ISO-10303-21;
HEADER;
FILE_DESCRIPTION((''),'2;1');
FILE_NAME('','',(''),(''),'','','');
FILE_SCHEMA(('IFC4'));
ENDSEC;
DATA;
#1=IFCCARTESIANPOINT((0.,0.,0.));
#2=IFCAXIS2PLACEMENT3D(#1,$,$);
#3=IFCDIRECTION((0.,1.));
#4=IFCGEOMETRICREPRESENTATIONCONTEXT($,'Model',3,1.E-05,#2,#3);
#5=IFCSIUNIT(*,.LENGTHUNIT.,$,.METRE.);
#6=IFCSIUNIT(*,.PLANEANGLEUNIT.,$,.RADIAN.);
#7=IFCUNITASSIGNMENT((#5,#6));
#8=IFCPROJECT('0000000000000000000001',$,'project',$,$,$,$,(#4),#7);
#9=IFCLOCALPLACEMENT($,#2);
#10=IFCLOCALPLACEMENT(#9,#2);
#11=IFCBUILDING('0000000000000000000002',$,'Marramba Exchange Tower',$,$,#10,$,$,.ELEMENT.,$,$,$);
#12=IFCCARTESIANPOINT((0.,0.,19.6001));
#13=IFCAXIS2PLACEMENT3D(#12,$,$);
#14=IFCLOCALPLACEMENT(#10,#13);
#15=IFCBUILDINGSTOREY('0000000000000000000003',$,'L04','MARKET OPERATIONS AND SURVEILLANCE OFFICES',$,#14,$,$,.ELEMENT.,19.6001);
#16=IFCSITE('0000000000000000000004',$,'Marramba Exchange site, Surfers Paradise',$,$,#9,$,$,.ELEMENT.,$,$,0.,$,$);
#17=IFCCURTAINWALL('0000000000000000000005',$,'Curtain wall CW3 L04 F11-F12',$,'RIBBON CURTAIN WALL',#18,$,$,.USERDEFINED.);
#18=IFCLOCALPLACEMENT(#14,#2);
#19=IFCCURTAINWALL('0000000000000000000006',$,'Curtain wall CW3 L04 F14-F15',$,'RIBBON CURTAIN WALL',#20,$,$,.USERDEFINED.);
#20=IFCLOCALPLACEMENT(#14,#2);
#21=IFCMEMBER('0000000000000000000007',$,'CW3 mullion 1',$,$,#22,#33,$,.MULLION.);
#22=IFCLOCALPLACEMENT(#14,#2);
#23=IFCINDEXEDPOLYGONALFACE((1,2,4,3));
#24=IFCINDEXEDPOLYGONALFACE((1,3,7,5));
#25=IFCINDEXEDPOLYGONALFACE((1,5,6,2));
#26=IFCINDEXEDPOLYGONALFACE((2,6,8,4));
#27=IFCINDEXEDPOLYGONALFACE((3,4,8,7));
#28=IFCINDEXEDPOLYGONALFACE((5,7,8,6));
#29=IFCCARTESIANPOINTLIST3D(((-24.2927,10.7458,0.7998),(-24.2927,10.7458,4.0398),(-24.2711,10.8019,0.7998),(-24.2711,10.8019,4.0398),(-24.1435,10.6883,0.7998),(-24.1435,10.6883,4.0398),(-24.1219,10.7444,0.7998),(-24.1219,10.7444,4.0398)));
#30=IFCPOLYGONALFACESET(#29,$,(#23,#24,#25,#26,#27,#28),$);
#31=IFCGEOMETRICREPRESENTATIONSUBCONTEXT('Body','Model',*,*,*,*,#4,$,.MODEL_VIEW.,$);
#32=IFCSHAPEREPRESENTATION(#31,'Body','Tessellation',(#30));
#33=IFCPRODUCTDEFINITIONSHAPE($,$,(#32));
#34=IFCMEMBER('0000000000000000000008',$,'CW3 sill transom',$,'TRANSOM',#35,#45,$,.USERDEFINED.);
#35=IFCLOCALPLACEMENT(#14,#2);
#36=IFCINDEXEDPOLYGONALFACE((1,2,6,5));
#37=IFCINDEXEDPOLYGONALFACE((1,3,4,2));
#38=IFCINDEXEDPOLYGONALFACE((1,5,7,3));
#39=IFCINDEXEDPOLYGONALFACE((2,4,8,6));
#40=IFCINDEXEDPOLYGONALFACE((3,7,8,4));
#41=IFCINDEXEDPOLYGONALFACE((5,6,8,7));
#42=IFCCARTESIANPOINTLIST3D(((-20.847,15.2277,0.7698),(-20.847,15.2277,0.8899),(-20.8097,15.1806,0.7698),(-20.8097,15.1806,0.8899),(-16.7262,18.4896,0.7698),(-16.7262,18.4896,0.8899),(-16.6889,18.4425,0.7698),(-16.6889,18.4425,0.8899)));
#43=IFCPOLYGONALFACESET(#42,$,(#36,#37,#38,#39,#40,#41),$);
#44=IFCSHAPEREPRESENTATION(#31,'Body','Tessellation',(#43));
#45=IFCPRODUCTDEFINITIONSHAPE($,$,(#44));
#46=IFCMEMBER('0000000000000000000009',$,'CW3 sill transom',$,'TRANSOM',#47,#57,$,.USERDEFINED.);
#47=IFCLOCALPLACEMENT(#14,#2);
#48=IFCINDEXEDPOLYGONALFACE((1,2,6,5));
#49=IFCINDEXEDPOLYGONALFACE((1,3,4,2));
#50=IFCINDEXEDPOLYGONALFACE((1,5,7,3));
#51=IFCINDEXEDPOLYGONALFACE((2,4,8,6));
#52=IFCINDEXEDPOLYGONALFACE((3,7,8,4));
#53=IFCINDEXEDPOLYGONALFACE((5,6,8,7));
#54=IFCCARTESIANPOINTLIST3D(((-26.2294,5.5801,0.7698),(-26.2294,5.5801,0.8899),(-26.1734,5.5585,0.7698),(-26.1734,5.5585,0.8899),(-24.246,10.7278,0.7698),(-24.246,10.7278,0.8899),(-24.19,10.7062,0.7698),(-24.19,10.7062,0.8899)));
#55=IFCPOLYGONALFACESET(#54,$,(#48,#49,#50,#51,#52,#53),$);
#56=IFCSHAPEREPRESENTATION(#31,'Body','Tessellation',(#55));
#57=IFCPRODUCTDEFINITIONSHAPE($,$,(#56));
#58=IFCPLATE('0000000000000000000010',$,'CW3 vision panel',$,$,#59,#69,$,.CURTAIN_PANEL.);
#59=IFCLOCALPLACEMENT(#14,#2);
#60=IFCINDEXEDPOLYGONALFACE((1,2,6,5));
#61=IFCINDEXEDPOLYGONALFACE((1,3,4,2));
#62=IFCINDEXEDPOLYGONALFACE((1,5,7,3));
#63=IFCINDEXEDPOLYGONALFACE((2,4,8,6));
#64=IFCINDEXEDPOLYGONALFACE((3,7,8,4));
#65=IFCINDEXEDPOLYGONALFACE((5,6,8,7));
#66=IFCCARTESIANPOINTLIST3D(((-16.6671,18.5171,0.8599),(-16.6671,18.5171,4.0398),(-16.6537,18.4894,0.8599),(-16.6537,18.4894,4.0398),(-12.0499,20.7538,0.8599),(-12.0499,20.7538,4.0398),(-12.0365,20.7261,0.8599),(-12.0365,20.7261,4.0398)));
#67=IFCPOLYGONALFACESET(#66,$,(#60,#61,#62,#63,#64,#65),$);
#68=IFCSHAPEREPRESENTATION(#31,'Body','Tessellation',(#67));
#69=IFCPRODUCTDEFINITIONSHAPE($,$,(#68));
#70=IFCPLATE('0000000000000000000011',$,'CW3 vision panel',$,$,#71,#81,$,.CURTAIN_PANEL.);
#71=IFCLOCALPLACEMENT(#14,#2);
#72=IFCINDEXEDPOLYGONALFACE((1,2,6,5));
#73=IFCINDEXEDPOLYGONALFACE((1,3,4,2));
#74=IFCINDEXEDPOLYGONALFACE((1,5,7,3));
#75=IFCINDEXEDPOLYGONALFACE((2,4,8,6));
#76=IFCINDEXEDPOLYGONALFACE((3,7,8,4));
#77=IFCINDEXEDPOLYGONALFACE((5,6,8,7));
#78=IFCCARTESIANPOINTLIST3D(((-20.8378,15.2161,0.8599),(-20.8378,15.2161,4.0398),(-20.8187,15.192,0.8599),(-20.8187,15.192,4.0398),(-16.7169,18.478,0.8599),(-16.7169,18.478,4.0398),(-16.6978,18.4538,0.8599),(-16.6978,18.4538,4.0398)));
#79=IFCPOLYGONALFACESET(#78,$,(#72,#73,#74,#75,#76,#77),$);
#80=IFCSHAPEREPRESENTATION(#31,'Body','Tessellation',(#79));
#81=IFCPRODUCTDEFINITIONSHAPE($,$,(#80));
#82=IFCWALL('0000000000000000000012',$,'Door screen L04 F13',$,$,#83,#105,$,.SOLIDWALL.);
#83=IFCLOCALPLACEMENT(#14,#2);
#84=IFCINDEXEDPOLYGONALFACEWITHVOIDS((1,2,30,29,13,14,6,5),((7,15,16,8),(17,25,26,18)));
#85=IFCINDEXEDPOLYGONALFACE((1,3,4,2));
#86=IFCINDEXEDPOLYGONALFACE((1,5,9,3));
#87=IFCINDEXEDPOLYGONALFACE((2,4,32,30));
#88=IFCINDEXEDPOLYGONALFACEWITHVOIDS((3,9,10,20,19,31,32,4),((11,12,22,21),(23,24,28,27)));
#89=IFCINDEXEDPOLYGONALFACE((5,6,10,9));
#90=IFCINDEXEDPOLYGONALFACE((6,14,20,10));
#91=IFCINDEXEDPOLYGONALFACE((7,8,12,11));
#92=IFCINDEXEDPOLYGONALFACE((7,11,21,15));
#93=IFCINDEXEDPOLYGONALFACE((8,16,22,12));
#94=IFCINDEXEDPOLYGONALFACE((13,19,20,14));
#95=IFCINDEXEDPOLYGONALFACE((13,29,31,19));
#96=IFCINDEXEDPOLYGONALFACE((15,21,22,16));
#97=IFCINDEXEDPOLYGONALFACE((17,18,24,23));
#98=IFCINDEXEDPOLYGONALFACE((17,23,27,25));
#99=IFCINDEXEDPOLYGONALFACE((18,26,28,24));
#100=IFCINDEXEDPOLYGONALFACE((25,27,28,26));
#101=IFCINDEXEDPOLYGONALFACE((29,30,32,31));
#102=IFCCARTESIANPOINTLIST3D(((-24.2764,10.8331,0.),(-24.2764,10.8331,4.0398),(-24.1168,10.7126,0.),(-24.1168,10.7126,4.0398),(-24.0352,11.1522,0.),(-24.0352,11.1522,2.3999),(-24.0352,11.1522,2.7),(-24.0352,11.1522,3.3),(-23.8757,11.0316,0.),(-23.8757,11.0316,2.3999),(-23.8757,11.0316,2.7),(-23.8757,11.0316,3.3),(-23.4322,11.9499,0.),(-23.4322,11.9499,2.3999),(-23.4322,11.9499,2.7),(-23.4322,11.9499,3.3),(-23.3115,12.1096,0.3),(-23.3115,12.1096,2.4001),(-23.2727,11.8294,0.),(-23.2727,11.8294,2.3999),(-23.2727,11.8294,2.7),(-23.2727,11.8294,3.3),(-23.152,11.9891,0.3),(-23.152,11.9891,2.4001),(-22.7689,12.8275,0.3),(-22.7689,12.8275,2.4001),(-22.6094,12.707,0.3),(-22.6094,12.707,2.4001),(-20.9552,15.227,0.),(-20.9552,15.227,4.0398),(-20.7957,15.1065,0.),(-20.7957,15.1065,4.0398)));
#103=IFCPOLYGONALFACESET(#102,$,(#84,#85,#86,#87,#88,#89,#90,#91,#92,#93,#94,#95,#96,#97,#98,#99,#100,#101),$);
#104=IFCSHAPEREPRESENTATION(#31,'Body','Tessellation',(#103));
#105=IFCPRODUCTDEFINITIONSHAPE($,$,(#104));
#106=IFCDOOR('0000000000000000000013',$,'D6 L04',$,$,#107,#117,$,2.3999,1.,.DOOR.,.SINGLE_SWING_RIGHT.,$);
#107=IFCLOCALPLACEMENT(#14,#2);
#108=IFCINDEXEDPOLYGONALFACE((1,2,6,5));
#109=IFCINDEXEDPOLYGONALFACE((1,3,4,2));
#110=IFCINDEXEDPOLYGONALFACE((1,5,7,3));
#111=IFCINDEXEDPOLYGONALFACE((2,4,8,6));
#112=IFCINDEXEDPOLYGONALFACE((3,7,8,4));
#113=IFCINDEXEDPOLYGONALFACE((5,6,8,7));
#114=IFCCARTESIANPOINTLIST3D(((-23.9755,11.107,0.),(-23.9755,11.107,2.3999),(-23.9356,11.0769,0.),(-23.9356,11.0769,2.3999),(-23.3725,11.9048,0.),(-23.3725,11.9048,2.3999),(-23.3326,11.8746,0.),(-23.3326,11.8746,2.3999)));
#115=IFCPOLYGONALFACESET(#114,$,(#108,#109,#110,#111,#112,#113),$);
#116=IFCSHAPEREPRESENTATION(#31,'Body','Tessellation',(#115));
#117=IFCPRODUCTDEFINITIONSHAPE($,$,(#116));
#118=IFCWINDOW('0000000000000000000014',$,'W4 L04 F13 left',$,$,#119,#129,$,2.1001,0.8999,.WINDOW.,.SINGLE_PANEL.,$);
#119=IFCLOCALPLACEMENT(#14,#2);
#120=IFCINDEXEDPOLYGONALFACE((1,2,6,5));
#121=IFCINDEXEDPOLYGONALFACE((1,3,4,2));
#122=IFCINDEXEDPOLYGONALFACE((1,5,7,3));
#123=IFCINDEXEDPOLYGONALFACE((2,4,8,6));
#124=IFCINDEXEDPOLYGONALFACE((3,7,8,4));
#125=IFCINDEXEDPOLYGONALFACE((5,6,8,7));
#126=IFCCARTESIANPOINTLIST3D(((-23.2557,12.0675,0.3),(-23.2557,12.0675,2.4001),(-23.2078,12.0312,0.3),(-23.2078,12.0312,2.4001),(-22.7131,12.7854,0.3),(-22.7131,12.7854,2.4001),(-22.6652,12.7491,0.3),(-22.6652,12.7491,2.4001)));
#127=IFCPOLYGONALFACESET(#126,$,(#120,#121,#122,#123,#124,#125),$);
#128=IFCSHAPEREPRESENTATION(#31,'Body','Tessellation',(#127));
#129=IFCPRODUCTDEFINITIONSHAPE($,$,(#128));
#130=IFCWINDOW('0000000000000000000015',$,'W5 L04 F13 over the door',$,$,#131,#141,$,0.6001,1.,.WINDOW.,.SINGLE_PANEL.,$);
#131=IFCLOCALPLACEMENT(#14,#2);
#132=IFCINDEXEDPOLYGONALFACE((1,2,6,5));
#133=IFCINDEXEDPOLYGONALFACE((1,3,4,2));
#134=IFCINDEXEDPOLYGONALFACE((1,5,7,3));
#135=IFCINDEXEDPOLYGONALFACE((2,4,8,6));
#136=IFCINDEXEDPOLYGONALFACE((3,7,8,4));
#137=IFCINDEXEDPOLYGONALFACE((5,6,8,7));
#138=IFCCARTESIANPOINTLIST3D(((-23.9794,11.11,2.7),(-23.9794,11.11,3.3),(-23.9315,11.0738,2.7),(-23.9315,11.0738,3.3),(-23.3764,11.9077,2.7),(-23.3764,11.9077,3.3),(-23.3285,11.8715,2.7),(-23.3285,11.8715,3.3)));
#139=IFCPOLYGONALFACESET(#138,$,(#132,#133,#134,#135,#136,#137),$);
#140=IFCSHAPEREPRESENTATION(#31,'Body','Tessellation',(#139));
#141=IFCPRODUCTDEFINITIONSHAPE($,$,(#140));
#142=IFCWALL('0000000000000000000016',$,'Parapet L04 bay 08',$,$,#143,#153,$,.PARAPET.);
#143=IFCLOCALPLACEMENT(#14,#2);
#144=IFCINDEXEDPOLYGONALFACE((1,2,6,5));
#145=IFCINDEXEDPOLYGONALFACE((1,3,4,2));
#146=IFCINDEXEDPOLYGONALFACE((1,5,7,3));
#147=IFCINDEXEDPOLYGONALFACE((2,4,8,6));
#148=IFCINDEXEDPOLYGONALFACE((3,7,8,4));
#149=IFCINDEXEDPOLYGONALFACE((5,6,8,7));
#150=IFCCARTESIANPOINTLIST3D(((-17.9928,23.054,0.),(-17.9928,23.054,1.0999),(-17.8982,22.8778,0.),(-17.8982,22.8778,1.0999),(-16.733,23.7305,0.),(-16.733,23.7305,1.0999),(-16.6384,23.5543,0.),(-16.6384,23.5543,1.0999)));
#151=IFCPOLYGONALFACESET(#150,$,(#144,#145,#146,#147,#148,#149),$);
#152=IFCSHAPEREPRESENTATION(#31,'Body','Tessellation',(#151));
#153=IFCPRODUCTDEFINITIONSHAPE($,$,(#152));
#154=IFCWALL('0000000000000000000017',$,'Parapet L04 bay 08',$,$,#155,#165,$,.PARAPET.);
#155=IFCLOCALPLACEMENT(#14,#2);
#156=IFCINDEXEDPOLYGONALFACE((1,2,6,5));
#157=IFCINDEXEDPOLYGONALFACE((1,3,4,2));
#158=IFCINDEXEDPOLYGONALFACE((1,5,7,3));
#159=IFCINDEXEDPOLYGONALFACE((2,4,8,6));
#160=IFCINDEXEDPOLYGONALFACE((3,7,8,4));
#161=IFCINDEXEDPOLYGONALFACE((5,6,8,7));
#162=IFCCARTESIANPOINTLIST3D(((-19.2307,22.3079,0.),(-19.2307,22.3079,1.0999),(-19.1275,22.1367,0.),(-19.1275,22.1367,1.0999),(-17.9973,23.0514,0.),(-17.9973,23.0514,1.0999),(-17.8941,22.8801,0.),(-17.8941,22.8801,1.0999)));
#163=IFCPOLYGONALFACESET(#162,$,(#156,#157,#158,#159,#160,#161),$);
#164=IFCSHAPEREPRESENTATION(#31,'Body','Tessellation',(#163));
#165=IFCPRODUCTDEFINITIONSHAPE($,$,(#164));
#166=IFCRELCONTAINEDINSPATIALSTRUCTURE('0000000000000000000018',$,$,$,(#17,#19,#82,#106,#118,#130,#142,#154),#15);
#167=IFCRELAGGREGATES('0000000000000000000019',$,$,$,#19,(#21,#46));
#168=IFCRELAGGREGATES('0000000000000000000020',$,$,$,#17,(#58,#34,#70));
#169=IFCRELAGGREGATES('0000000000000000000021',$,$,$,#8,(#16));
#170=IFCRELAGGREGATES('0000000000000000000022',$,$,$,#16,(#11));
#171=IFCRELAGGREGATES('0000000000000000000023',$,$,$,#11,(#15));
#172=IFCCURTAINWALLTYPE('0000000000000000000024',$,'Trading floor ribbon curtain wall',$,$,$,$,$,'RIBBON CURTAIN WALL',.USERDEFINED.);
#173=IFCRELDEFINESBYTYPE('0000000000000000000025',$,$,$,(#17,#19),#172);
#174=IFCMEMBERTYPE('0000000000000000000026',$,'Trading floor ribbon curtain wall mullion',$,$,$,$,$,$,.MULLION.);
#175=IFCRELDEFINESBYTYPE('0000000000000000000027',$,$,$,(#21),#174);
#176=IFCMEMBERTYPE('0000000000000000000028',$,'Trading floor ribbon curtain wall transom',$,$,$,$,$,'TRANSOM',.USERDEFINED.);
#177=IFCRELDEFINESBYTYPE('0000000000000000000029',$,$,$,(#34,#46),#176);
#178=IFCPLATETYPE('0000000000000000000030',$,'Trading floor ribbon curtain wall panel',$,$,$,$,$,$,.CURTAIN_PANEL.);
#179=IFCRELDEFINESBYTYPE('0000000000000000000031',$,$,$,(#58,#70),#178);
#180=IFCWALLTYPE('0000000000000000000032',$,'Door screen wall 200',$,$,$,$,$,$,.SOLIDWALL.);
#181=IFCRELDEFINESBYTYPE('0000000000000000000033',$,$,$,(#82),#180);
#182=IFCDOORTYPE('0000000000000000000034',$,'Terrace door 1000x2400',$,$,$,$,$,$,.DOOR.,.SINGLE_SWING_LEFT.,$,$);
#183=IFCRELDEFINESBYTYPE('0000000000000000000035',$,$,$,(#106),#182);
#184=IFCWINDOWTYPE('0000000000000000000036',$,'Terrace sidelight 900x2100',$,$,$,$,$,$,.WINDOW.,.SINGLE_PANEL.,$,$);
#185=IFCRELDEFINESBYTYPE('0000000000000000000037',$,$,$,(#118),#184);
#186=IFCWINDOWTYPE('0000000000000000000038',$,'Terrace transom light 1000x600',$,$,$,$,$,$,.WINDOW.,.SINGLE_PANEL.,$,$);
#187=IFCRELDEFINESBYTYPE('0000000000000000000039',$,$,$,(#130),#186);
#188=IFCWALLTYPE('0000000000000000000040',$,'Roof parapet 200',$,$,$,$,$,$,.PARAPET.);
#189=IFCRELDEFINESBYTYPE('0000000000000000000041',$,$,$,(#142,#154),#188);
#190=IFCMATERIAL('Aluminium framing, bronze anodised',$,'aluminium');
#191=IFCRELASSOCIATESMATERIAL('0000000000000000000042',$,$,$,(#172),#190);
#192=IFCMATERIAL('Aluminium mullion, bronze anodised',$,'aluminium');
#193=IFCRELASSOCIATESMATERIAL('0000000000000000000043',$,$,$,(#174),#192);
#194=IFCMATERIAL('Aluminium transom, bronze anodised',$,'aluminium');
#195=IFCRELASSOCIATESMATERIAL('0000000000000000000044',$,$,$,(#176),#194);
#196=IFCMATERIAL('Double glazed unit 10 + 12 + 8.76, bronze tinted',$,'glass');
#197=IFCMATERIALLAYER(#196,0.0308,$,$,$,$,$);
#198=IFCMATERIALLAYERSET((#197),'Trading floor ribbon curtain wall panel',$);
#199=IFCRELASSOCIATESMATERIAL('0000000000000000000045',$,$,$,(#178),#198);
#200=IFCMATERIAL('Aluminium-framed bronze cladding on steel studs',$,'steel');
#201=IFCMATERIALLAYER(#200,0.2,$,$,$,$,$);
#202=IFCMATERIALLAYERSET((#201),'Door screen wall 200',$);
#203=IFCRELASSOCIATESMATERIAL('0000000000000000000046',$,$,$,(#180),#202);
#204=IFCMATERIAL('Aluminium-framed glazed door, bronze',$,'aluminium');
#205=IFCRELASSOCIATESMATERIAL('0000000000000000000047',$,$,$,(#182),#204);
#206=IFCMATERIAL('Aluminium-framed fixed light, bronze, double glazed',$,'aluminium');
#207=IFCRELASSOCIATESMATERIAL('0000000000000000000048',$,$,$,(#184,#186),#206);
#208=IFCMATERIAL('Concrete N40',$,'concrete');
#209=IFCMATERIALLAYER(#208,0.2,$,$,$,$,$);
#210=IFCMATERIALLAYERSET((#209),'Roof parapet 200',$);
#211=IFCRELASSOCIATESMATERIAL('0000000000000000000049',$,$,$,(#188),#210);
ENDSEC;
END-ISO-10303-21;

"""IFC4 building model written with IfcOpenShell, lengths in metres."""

from ifc_helpers import new_model, si_unit, direction, frame, frame_2d, origin, origin_2d, place, context, subcontext, project, spatial, rectangle, extrude, material, layer, layer_set, material_profile, profile_set, type_object, element, fill, aggregate, save


model = new_model("IFC4")

# Units and contexts
model_context = context("Model", 3, precision=1e-05, world=origin(), true_north=direction((0.0, 1.0)))
body_context = subcontext(model_context, "Body", "Model", "MODEL_VIEW")
ifc_project = project(units=[si_unit("LENGTHUNIT", "METRE"), si_unit("PLANEANGLEUNIT", "RADIAN")], contexts=[model_context])

# Site, building, storey
site_placement = place(None, origin())
site = spatial("IfcSite", under=ifc_project, at=site_placement, Name="Marramba Exchange site, Surfers Paradise", CompositionType="ELEMENT", RefElevation=0.0)
building_placement = place(site_placement, origin())
building = spatial("IfcBuilding", under=site, at=building_placement, Name="Marramba Exchange Tower", CompositionType="ELEMENT")
storey_placement = place(building_placement, frame((0.0, 0.0, 19.6001)))
storey = spatial("IfcBuildingStorey", under=building, at=storey_placement, Name="L04", Description="MARKET OPERATIONS AND SURVEILLANCE OFFICES", CompositionType="ELEMENT", Elevation=19.6001)

# Curtain wall
ifc_material_1 = material(Name="Aluminium framing, bronze anodised", Category="aluminium")
curtain_wall_type = type_object("IfcCurtainWallType", Name="Trading floor ribbon curtain wall", ElementType="RIBBON CURTAIN WALL", PredefinedType="USERDEFINED", material=ifc_material_1)
curtain_wall_1_placement = place(storey_placement, origin())
curtain_wall_1 = element("IfcCurtainWall", 1, at=curtain_wall_1_placement, inside=storey, type_object=curtain_wall_type, Name="Curtain wall CW3 L04 F11-F12", ObjectType="RIBBON CURTAIN WALL", PredefinedType="USERDEFINED")
ifc_material_2 = material(Name="Aluminium mullion, bronze anodised", Category="aluminium")
ifc_material_profile_1 = material_profile(ifc_material_2, rectangle(XDim=0.1599, YDim=0.0601, at=origin_2d()), Name="CW3 mullion 60x160")
ifc_profile_set_1 = profile_set([ifc_material_profile_1], Name="Aluminium mullion, bronze anodised")
member_type_1 = type_object("IfcMemberType", Name="Trading floor ribbon curtain wall mullion", PredefinedType="MULLION", material=ifc_profile_set_1)

# Curtain wall, member
curtain_wall_2_placement = place(storey_placement, origin())
curtain_wall_2 = element("IfcCurtainWall", 2, at=curtain_wall_2_placement, inside=storey, type_object=curtain_wall_type, Name="Curtain wall CW3 L04 F14-F15", ObjectType="RIBBON CURTAIN WALL", PredefinedType="USERDEFINED")
member_1_placement = place(storey_placement, frame((-24.2073, 10.7451, 0.7998), z_axis=(0.0, 0.0, 1.0), x_axis=(0.933135, -0.359526, 0.0)))
member_1 = element("IfcMember", 3, at=member_1_placement, type_object=member_type_1, Name="CW3 mullion 1", PredefinedType="MULLION", context=body_context, shape_type="SweptSolid", body=[
    extrude(rectangle(XDim=0.1599, YDim=0.0601, at=origin_2d()), origin(), (0.0, 0.0, 1.0), 3.24),
])

# Members
ifc_material_3 = material(Name="Aluminium transom, bronze anodised", Category="aluminium")
ifc_material_profile_2 = material_profile(ifc_material_3, rectangle(XDim=0.0601, YDim=0.1201, at=origin_2d()), Name="CW3 transom 60x120")
ifc_profile_set_2 = profile_set([ifc_material_profile_2], Name="Aluminium transom, bronze anodised")
member_type_2 = type_object("IfcMemberType", Name="Trading floor ribbon curtain wall transom", ElementType="TRANSOM", PredefinedType="USERDEFINED", material=ifc_profile_set_2)
member_2_placement = place(storey_placement, frame((-16.7075, 18.4661, 0.8298), z_axis=(-0.784081, -0.620659, 0.0), x_axis=(0.620659, -0.784081, 0.0)))
member_2 = element("IfcMember", 4, at=member_2_placement, type_object=member_type_2, Name="CW3 sill transom", ObjectType="TRANSOM", PredefinedType="USERDEFINED", context=body_context, shape_type="SweptSolid", body=[
    extrude(rectangle(XDim=0.0601, YDim=0.1201, at=origin_2d()), origin(), (0.0, 0.0, 1.0), 5.2556),
])
member_3_placement = place(storey_placement, frame((-24.218, 10.717, 0.8298), z_axis=(-0.359534, -0.933132, 0.0), x_axis=(0.933132, -0.359534, 0.0)))
member_3 = element("IfcMember", 5, at=member_3_placement, type_object=member_type_2, Name="CW3 sill transom", ObjectType="TRANSOM", PredefinedType="USERDEFINED", context=body_context, shape_type="SweptSolid", body=[
    extrude(rectangle(XDim=0.0601, YDim=0.1201, at=origin_2d()), origin(), (0.0, 0.0, 1.0), 5.5166),
])
aggregate(curtain_wall_2, [member_1, member_3])

# Plates
ifc_material_4 = material(Name="Double glazed unit 10 + 12 + 8.76, bronze tinted", Category="glass")
ifc_layer_1 = layer(ifc_material_4, 0.0308)
ifc_layer_set_1 = layer_set([ifc_layer_1], Name="Trading floor ribbon curtain wall panel")
plate_type = type_object("IfcPlateType", Name="Trading floor ribbon curtain wall panel", PredefinedType="CURTAIN_PANEL", material=ifc_layer_set_1)
plate_1_placement = place(storey_placement, frame((-14.3518, 19.6216, 0.8599), z_axis=(0.0, 0.0, 1.0), x_axis=(-0.899963, -0.435965, 0.0)))
plate_1 = element("IfcPlate", 6, at=plate_1_placement, type_object=plate_type, Name="CW3 vision panel", PredefinedType="CURTAIN_PANEL", context=body_context, shape_type="SweptSolid", body=[
    extrude(rectangle(XDim=5.1304, YDim=0.0308, at=origin_2d()), origin(), (0.0, 0.0, 1.0), 3.1799),
])
plate_2_placement = place(storey_placement, frame((-18.7678, 16.835, 0.8599), z_axis=(0.0, 0.0, 1.0), x_axis=(-0.784088, -0.62065, 0.0)))
plate_2 = element("IfcPlate", 7, at=plate_2_placement, type_object=plate_type, Name="CW3 vision panel", PredefinedType="CURTAIN_PANEL", context=body_context, shape_type="SweptSolid", body=[
    extrude(rectangle(XDim=5.2556, YDim=0.0308, at=origin_2d()), origin(), (0.0, 0.0, 1.0), 3.1799),
])
aggregate(curtain_wall_1, [plate_1, member_2, plate_2])

# Wall, openings, door, windows
ifc_material_5 = material(Name="Aluminium-framed bronze cladding on steel studs", Category="steel")
ifc_layer_2 = layer(ifc_material_5, 0.2)
ifc_layer_set_2 = layer_set([ifc_layer_2], Name="Door screen wall 200")
wall_type_1 = type_object("IfcWallType", Name="Door screen wall 200", PredefinedType="SOLIDWALL", material=ifc_layer_set_2)
wall_1_placement = place(storey_placement, frame((-20.8755, 15.1667, 0.0), z_axis=(0.0, 0.0, 1.0), x_axis=(-0.602982, -0.797755, 0.0)))
wall_1 = element("IfcWall", 8, at=wall_1_placement, inside=storey, type_object=wall_type_1, Name="Door screen L04 F13", PredefinedType="SOLIDWALL", context=body_context, shape_type="SweptSolid", body=[
    extrude(rectangle(XDim=5.5078, YDim=0.2, at=frame_2d((2.7539, 0.0))), origin(), (0.0, 0.0, 1.0), 4.0398),
])
opening_1_placement = place(wall_1_placement, frame((4.1079, 0.0, 0.0)))
opening_1 = element("IfcOpeningElement", 9, at=opening_1_placement, cuts=wall_1, PredefinedType="OPENING", context=body_context, shape_type="SweptSolid", body=[
    extrude(rectangle(XDim=1.0, YDim=2.3999, at=frame_2d((0.5, 1.2))), frame((0.0, 0.1099, 0.0), z_axis=(0.0, -1.0, 0.0), x_axis=(1.0, 0.0, 0.0)), (0.0, 0.0, 1.0), 0.22),
])
opening_2_placement = place(wall_1_placement, frame((3.0078, 0.0, 0.3)))
opening_2 = element("IfcOpeningElement", 10, at=opening_2_placement, cuts=wall_1, PredefinedType="OPENING", context=body_context, shape_type="SweptSolid", body=[
    extrude(rectangle(XDim=0.8999, YDim=2.1001, at=frame_2d((0.45, 1.05))), frame((0.0, 0.1099, 0.0), z_axis=(0.0, -1.0, 0.0), x_axis=(1.0, 0.0, 0.0)), (0.0, 0.0, 1.0), 0.22),
])
opening_3_placement = place(wall_1_placement, frame((4.1079, 0.0, 2.7)))
opening_3 = element("IfcOpeningElement", 11, at=opening_3_placement, cuts=wall_1, PredefinedType="OPENING", context=body_context, shape_type="SweptSolid", body=[
    extrude(rectangle(XDim=1.0, YDim=0.6001, at=frame_2d((0.5, 0.3))), frame((0.0, 0.1099, 0.0), z_axis=(0.0, -1.0, 0.0), x_axis=(1.0, 0.0, 0.0)), (0.0, 0.0, 1.0), 0.22),
])
ifc_material_6 = material(Name="Aluminium-framed glazed door, bronze", Category="aluminium")
door_type = type_object("IfcDoorType", Name="Terrace door 1000x2400", OperationType="SINGLE_SWING_LEFT", PredefinedType="DOOR", material=ifc_material_6)
door_placement = place(opening_1_placement, frame((1.0, 0.0, 0.0), z_axis=(0.0, 0.0, 1.0), x_axis=(-1.0, 0.0, 0.0)))
door = element("IfcDoor", 12, at=door_placement, inside=storey, type_object=door_type, Name="D6 L04", OperationType="SINGLE_SWING_RIGHT", OverallHeight=2.3999, OverallWidth=1.0, PredefinedType="DOOR", context=body_context, shape_type="SweptSolid", body=[
    extrude(rectangle(XDim=1.0, YDim=2.3999, at=frame_2d((0.5, 1.2))), frame((0.0, 0.0251, 0.0), z_axis=(0.0, -1.0, 0.0), x_axis=(1.0, 0.0, 0.0)), (0.0, 0.0, 1.0), 0.05),
])
fill(opening_1, door)
ifc_material_7 = material(Name="Aluminium-framed fixed light, bronze, double glazed", Category="aluminium")
window_type_1 = type_object("IfcWindowType", Name="Terrace sidelight 900x2100", PartitioningType="SINGLE_PANEL", PredefinedType="WINDOW", material=ifc_material_7)
window_1_placement = place(opening_2_placement, origin())
window_1 = element("IfcWindow", 13, at=window_1_placement, inside=storey, type_object=window_type_1, Name="W4 L04 F13 left", OverallHeight=2.1001, OverallWidth=0.8999, PartitioningType="SINGLE_PANEL", PredefinedType="WINDOW", context=body_context, shape_type="SweptSolid", body=[
    extrude(rectangle(XDim=0.8999, YDim=2.1001, at=frame_2d((0.45, 1.05))), frame((0.0, 0.03, 0.0), z_axis=(0.0, -1.0, 0.0), x_axis=(1.0, 0.0, 0.0)), (0.0, 0.0, 1.0), 0.0601),
])
fill(opening_2, window_1)
window_type_2 = type_object("IfcWindowType", Name="Terrace transom light 1000x600", PartitioningType="SINGLE_PANEL", PredefinedType="WINDOW", material=ifc_material_7)
window_2_placement = place(opening_3_placement, origin())
window_2 = element("IfcWindow", 14, at=window_2_placement, inside=storey, type_object=window_type_2, Name="W5 L04 F13 over the door", OverallHeight=0.6001, OverallWidth=1.0, PartitioningType="SINGLE_PANEL", PredefinedType="WINDOW", context=body_context, shape_type="SweptSolid", body=[
    extrude(rectangle(XDim=1.0, YDim=0.6001, at=frame_2d((0.5, 0.3))), frame((0.0, 0.03, 0.0), z_axis=(0.0, -1.0, 0.0), x_axis=(1.0, 0.0, 0.0)), (0.0, 0.0, 1.0), 0.0601),
])
fill(opening_3, window_2)

# Walls
ifc_material_8 = material(Name="Concrete N40", Category="concrete")
ifc_layer_3 = layer(ifc_material_8, 0.2)
ifc_layer_set_3 = layer_set([ifc_layer_3], Name="Roof parapet 200")
wall_type_2 = type_object("IfcWallType", Name="Roof parapet 200", PredefinedType="PARAPET", material=ifc_layer_set_3)
wall_2_placement = place(storey_placement, frame((-16.6858, 23.6423, 0.0), z_axis=(0.0, 0.0, 1.0), x_axis=(-0.881002, -0.473112, 0.0)))
element("IfcWall", 15, at=wall_2_placement, inside=storey, type_object=wall_type_2, Name="Parapet L04 bay 08", PredefinedType="PARAPET", context=body_context, shape_type="SweptSolid", body=[
    extrude(rectangle(XDim=1.4299, YDim=0.2, at=frame_2d((0.7148, 0.0))), origin(), (0.0, 0.0, 1.0), 1.0999),
])
wall_3_placement = place(storey_placement, frame((-17.9456, 22.9658, 0.0), z_axis=(0.0, 0.0, 1.0), x_axis=(-0.856459, -0.516215, 0.0)))
element("IfcWall", 16, at=wall_3_placement, inside=storey, type_object=wall_type_2, Name="Parapet L04 bay 08", PredefinedType="PARAPET", context=body_context, shape_type="SweptSolid", body=[
    extrude(rectangle(XDim=1.4402, YDim=0.2, at=frame_2d((0.7202, 0.0))), origin(), (0.0, 0.0, 1.0), 1.0999),
])

save(model, "model.ifc")
